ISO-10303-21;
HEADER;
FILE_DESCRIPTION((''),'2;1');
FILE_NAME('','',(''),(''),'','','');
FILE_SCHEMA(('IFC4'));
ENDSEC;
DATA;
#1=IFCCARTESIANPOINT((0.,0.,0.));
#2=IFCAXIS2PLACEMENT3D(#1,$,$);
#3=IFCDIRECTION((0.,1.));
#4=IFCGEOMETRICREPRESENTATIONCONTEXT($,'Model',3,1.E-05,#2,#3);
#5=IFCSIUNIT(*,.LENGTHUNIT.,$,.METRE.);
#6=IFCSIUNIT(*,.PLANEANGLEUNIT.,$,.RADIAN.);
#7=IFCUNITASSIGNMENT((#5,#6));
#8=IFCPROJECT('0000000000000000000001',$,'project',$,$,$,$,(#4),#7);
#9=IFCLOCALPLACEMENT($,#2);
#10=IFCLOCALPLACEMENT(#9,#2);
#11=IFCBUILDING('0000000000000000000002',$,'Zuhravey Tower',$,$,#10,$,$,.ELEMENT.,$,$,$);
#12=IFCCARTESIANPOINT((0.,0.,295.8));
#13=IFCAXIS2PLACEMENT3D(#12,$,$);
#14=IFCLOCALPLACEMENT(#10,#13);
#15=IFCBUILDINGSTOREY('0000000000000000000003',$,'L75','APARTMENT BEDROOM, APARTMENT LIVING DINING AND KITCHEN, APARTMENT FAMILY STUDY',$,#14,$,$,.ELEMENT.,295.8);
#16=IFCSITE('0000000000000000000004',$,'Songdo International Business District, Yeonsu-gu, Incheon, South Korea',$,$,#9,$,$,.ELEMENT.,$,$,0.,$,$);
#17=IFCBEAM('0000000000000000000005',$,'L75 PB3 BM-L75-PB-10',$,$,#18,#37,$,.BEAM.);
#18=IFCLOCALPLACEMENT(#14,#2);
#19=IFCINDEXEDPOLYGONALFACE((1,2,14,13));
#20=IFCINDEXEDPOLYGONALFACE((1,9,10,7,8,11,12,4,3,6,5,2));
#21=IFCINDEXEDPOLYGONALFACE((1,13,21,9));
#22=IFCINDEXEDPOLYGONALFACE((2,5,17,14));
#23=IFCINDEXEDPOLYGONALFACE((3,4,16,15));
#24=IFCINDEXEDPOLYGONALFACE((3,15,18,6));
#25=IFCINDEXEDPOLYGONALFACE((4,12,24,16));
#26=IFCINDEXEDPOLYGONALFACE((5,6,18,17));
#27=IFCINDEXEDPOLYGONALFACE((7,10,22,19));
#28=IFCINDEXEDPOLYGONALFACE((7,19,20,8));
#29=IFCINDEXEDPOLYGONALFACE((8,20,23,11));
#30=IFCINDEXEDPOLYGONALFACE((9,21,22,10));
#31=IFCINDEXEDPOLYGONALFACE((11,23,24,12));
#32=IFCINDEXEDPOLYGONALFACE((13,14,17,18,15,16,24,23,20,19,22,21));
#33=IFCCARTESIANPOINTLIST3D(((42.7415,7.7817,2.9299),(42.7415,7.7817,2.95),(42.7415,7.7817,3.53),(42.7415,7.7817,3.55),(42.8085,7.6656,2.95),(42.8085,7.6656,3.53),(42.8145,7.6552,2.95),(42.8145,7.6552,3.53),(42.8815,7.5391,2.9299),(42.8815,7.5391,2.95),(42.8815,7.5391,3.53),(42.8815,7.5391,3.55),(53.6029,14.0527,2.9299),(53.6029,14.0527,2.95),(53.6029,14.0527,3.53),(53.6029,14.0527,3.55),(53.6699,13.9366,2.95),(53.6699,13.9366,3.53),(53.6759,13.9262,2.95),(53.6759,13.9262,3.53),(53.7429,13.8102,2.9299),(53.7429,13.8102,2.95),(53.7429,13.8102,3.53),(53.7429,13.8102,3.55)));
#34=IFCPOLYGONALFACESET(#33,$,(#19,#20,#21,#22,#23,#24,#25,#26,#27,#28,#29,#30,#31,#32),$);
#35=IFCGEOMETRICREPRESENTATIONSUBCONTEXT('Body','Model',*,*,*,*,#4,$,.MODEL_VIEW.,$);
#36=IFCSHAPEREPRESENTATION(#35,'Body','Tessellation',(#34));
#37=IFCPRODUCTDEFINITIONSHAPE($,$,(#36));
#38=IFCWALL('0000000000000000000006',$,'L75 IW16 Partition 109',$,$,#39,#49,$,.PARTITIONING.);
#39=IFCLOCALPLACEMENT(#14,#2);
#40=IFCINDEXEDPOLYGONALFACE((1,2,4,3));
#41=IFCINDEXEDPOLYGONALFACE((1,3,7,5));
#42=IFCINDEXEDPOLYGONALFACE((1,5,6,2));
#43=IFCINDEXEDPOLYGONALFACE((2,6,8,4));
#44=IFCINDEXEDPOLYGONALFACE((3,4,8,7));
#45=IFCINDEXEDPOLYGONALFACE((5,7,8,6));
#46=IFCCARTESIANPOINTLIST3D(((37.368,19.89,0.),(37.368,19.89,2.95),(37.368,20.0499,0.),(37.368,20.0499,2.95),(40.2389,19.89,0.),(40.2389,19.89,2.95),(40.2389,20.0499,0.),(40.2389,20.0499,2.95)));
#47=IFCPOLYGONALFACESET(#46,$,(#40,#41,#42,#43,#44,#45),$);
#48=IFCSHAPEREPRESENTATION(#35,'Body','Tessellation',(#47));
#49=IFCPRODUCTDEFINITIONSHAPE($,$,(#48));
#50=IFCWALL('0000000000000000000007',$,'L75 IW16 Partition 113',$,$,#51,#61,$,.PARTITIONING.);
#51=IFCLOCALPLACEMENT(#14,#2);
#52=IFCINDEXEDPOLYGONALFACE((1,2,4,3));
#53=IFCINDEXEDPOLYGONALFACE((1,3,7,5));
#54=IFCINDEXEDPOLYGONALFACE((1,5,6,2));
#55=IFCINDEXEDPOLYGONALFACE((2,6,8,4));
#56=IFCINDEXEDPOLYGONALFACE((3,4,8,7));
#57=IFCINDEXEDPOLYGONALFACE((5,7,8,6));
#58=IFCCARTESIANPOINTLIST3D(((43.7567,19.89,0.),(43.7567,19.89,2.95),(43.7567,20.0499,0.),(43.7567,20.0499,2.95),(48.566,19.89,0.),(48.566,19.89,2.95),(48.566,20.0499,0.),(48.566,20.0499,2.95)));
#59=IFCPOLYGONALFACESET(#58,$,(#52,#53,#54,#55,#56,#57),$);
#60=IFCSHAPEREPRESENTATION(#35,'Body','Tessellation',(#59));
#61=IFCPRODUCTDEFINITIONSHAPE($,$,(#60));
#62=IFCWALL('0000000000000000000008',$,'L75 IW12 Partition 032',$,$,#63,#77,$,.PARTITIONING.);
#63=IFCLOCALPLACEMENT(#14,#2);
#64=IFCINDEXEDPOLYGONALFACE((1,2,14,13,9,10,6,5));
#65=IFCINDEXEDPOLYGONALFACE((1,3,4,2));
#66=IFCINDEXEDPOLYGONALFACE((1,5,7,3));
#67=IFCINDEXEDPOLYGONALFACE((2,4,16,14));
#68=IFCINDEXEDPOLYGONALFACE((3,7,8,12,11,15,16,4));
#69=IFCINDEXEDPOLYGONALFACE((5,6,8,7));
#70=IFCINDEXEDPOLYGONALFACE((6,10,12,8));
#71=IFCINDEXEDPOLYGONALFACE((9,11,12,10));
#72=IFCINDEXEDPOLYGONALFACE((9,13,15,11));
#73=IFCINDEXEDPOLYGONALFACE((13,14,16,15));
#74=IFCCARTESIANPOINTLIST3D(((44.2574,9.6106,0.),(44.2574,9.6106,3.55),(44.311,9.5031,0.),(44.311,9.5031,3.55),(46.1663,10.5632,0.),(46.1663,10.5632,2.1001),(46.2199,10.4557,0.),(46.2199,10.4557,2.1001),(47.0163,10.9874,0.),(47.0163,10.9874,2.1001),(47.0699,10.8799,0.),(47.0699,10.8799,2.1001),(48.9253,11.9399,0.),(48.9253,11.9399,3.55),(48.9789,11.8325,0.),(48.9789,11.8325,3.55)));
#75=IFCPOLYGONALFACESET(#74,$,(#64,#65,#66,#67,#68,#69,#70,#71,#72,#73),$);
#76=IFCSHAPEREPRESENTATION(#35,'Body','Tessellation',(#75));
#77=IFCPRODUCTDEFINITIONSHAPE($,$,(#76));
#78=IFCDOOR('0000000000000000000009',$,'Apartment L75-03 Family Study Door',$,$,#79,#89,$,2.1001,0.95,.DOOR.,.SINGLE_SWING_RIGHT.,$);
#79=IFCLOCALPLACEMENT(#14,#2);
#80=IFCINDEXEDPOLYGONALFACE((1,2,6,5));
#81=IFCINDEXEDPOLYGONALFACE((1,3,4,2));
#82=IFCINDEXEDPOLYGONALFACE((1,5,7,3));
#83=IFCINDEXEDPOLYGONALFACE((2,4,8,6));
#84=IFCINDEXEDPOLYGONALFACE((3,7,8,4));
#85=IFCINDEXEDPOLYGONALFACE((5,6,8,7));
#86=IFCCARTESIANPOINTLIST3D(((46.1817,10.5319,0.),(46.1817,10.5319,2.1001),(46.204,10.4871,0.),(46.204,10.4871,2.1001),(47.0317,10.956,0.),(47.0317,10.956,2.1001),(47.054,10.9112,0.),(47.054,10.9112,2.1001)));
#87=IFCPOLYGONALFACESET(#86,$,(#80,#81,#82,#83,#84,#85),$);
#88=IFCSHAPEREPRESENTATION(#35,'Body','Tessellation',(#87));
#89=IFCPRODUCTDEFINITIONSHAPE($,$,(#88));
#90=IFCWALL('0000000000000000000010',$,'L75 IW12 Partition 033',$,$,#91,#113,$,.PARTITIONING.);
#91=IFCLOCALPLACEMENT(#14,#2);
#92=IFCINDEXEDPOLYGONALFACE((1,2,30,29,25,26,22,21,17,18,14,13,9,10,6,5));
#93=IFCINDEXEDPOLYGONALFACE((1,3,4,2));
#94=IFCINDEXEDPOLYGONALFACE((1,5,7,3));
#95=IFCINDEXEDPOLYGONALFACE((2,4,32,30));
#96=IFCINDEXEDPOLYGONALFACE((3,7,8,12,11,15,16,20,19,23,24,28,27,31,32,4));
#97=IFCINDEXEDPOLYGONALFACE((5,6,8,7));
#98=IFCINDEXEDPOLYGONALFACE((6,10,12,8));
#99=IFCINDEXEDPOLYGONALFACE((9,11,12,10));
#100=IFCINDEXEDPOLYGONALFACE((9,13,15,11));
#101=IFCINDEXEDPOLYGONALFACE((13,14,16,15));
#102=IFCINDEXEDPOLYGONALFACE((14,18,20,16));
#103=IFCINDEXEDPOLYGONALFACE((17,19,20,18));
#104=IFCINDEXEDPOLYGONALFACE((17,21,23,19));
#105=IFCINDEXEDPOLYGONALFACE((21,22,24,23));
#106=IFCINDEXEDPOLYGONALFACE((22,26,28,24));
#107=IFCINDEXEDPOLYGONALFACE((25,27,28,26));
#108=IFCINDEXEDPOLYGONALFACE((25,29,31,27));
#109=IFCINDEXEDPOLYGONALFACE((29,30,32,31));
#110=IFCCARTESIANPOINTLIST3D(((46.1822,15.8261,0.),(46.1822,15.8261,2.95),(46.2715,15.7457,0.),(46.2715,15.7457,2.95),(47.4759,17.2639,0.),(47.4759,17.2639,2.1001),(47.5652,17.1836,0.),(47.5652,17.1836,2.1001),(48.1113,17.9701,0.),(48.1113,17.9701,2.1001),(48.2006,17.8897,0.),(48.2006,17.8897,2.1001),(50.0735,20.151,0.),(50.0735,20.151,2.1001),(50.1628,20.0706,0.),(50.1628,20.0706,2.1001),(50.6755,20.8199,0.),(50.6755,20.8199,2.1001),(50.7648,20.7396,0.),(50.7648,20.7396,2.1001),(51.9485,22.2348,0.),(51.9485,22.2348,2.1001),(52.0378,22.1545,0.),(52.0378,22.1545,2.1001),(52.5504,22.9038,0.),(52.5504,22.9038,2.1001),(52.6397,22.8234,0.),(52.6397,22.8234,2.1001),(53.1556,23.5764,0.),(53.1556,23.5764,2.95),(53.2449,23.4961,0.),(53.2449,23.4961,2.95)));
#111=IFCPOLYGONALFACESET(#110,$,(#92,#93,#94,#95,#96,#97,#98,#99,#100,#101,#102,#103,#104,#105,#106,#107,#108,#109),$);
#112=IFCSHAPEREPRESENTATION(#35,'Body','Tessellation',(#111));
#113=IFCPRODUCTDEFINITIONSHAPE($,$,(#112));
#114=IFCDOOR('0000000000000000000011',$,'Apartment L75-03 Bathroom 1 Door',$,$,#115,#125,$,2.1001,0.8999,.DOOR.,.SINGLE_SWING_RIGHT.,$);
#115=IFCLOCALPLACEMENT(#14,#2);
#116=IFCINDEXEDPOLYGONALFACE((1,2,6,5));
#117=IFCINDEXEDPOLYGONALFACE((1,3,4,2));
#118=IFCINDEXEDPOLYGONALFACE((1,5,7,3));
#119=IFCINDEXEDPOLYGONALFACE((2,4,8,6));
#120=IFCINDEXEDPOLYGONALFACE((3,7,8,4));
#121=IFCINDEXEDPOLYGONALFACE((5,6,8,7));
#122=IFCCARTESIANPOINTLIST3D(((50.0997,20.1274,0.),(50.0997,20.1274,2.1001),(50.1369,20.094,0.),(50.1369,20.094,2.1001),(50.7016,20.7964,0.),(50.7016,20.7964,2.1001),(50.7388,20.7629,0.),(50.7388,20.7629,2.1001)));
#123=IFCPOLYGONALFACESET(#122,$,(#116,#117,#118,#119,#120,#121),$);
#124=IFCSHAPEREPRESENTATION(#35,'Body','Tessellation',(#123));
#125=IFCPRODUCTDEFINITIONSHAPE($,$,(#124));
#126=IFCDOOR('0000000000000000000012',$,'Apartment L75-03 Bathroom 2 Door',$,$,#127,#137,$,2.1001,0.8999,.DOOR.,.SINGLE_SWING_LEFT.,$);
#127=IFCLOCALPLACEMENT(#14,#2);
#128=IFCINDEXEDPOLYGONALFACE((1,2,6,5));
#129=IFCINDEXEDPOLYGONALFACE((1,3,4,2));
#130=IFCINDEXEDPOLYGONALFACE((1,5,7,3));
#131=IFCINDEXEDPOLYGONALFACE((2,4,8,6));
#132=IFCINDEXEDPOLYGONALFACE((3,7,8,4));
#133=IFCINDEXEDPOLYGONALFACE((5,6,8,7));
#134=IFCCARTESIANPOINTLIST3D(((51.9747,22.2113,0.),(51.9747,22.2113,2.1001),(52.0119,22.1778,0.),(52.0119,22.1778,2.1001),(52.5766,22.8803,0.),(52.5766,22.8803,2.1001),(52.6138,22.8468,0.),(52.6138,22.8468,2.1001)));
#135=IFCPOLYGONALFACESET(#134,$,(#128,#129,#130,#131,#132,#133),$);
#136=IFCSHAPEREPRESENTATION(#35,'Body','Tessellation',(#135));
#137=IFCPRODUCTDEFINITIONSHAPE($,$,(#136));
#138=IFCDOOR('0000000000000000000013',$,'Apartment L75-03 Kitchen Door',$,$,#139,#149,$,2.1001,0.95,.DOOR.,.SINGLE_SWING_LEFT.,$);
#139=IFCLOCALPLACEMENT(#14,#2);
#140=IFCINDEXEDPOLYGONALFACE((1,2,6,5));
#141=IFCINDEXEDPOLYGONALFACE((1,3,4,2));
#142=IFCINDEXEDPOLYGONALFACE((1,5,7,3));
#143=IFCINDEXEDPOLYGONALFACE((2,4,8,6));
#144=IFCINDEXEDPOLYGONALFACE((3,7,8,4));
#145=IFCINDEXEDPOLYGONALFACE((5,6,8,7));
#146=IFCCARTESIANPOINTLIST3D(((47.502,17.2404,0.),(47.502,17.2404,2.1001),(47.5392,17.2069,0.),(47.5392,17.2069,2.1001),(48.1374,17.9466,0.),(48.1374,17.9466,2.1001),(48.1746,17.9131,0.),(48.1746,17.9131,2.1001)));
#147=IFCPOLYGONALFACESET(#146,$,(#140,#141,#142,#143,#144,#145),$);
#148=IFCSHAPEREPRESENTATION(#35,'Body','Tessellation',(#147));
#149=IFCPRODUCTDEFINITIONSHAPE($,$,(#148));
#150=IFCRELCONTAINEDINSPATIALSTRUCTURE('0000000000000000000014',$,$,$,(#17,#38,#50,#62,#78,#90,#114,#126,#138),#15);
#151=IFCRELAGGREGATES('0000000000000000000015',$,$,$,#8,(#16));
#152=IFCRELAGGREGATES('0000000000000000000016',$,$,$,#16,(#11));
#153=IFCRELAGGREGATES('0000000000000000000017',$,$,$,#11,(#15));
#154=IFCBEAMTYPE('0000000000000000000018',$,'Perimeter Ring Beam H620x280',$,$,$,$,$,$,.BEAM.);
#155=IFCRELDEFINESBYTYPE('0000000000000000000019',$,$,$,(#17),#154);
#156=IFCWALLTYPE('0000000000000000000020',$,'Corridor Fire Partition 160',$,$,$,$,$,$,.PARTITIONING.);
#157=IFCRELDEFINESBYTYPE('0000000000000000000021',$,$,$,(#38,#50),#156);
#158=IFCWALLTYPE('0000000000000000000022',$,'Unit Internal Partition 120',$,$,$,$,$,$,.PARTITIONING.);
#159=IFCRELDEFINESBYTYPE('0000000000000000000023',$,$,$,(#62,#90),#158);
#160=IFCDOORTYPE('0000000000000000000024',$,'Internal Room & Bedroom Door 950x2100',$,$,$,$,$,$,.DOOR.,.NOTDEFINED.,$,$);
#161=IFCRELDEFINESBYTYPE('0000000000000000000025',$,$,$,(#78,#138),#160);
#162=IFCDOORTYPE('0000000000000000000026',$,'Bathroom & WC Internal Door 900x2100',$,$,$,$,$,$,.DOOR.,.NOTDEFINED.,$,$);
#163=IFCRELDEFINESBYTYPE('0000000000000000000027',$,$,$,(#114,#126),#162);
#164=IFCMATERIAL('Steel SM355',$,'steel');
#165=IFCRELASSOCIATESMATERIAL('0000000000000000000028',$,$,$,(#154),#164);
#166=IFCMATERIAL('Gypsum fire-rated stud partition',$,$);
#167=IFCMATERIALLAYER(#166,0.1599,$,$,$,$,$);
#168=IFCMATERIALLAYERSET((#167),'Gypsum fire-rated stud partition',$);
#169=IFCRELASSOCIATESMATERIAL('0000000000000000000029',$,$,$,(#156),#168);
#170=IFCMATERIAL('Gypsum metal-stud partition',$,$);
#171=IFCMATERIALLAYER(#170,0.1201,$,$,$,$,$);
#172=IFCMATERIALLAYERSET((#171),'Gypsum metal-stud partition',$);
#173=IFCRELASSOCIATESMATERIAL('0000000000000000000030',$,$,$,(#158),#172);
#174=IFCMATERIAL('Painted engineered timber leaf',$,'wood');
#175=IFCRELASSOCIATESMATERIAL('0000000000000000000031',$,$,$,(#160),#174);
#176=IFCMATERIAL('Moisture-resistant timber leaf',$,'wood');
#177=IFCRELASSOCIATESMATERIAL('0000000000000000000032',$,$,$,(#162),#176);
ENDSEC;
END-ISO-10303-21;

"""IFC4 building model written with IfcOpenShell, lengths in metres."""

from ifc_helpers import new_model, si_unit, direction, frame, frame_2d, origin, origin_2d, place, context, subcontext, project, spatial, rectangle, i_section, extrude, material, layer, layer_set, material_profile, profile_set, type_object, element, fill, save


model = new_model("IFC4")

# Units and contexts
model_context = context("Model", 3, precision=1e-05, world=origin(), true_north=direction((0.0, 1.0)))
body_context = subcontext(model_context, "Body", "Model", "MODEL_VIEW")
ifc_project = project(units=[si_unit("LENGTHUNIT", "METRE"), si_unit("PLANEANGLEUNIT", "RADIAN")], contexts=[model_context])

# Site, building, storey
site_placement = place(None, origin())
site = spatial("IfcSite", under=ifc_project, at=site_placement, Name="Songdo International Business District, Yeonsu-gu, Incheon, South Korea", CompositionType="ELEMENT", RefElevation=0.0)
building_placement = place(site_placement, origin())
building = spatial("IfcBuilding", under=site, at=building_placement, Name="Zuhravey Tower", CompositionType="ELEMENT")
storey_placement = place(building_placement, frame((0.0, 0.0, 295.8)))
storey = spatial("IfcBuildingStorey", under=building, at=storey_placement, Name="L75", Description="APARTMENT BEDROOM, APARTMENT LIVING DINING AND KITCHEN, APARTMENT FAMILY STUDY", CompositionType="ELEMENT", Elevation=295.8)

# Beam
ifc_material_1 = material(Name="Steel SM355", Category="steel")
ifc_material_profile = material_profile(ifc_material_1, i_section(OverallWidth=0.28, OverallDepth=0.6201, WebThickness=0.012, FlangeThickness=0.02, at=origin_2d()), Name="H-620x280x12x20")
ifc_profile_set = profile_set([ifc_material_profile], Name="Steel SM355")
beam_type = type_object("IfcBeamType", Name="Perimeter Ring Beam H620x280", PredefinedType="BEAM", material=ifc_profile_set)
beam_placement = place(storey_placement, frame((42.8115, 7.6604, 3.24), z_axis=(0.866018, 0.500012, 0.0), x_axis=(-0.500012, 0.866018, 0.0)))
element("IfcBeam", 1, at=beam_placement, inside=storey, type_object=beam_type, Name="L75 PB3 BM-L75-PB-10", PredefinedType="BEAM", context=body_context, shape_type="SweptSolid", body=[
    extrude(i_section(OverallWidth=0.28, OverallDepth=0.6201, WebThickness=0.012, FlangeThickness=0.02, at=origin_2d()), origin(), (0.0, 0.0, 1.0), 12.5417),
])

# Shared definitions
ifc_material_2 = material(Name="Gypsum fire-rated stud partition")
ifc_layer_1 = layer(ifc_material_2, 0.1599)
ifc_layer_set_1 = layer_set([ifc_layer_1], Name="Gypsum fire-rated stud partition")
wall_type_1 = type_object("IfcWallType", Name="Corridor Fire Partition 160", PredefinedType="PARTITIONING", material=ifc_layer_set_1)

# Walls
wall_1_placement = place(storey_placement, frame((37.3679, 19.97, 0.0), z_axis=(0.0, 0.0, 1.0), x_axis=(1.0, 0.0, 0.0)))
element("IfcWall", 2, at=wall_1_placement, inside=storey, type_object=wall_type_1, Name="L75 IW16 Partition 109", PredefinedType="PARTITIONING", context=body_context, shape_type="SweptSolid", body=[
    extrude(rectangle(XDim=2.8708, YDim=0.1599, at=frame_2d((1.4355, 0.0))), origin(), (0.0, 0.0, 1.0), 2.95),
])
wall_2_placement = place(storey_placement, frame((43.7566, 19.97, 0.0), z_axis=(0.0, 0.0, 1.0), x_axis=(1.0, 0.0, 0.0)))
element("IfcWall", 3, at=wall_2_placement, inside=storey, type_object=wall_type_1, Name="L75 IW16 Partition 113", PredefinedType="PARTITIONING", context=body_context, shape_type="SweptSolid", body=[
    extrude(rectangle(XDim=4.8093, YDim=0.1599, at=frame_2d((2.4048, 0.0))), origin(), (0.0, 0.0, 1.0), 2.95),
])

# Wall, opening, door
ifc_material_3 = material(Name="Gypsum metal-stud partition")
ifc_layer_2 = layer(ifc_material_3, 0.1201)
ifc_layer_set_2 = layer_set([ifc_layer_2], Name="Gypsum metal-stud partition")
wall_type_2 = type_object("IfcWallType", Name="Unit Internal Partition 120", PredefinedType="PARTITIONING", material=ifc_layer_set_2)
wall_3_placement = place(storey_placement, frame((44.2842, 9.5569, 0.0), z_axis=(0.0, 0.0, 1.0), x_axis=(0.894783, 0.446502, 0.0)))
wall_3 = element("IfcWall", 4, at=wall_3_placement, inside=storey, type_object=wall_type_2, Name="L75 IW12 Partition 032", PredefinedType="PARTITIONING", context=body_context, shape_type="SweptSolid", body=[
    extrude(rectangle(XDim=5.2168, YDim=0.1201, at=frame_2d((2.6084, 0.0))), origin(), (0.0, 0.0, 1.0), 3.55),
])
opening_1_placement = place(wall_3_placement, frame((2.1333, 0.0, 0.0)))
opening_1 = element("IfcOpeningElement", 5, at=opening_1_placement, cuts=wall_3, PredefinedType="OPENING", context=body_context, shape_type="SweptSolid", body=[
    extrude(rectangle(XDim=0.95, YDim=2.1001, at=frame_2d((0.4751, 1.05))), frame((0.0, 0.072, 0.0), z_axis=(0.0, -1.0, 0.0), x_axis=(1.0, 0.0, 0.0)), (0.0, 0.0, 1.0), 0.144),
])
ifc_material_4 = material(Name="Painted engineered timber leaf", Category="wood")
door_type_1 = type_object("IfcDoorType", Name="Internal Room & Bedroom Door 950x2100", OperationType="NOTDEFINED", PredefinedType="DOOR", material=ifc_material_4)
door_1_placement = place(opening_1_placement, frame((0.95, 0.0, 0.0), z_axis=(0.0, 0.0, 1.0), x_axis=(-1.0, 0.0, 0.0)))
door_1 = element("IfcDoor", 6, at=door_1_placement, inside=storey, type_object=door_type_1, Name="Apartment L75-03 Family Study Door", OperationType="SINGLE_SWING_RIGHT", OverallHeight=2.1001, OverallWidth=0.95, PredefinedType="DOOR", context=body_context, shape_type="SweptSolid", body=[
    extrude(rectangle(XDim=0.95, YDim=2.1001, at=frame_2d((0.4751, 1.05))), frame((0.0, 0.0249, 0.0), z_axis=(0.0, -1.0, 0.0), x_axis=(1.0, 0.0, 0.0)), (0.0, 0.0, 1.0), 0.05),
])
fill(opening_1, door_1)

# Wall, openings, doors
wall_4_placement = place(storey_placement, frame((46.2268, 15.7859, 0.0), z_axis=(0.0, 0.0, 1.0), x_axis=(0.668868, 0.743381, 0.0)))
wall_4 = element("IfcWall", 7, at=wall_4_placement, inside=storey, type_object=wall_type_2, Name="L75 IW12 Partition 033", PredefinedType="PARTITIONING", context=body_context, shape_type="SweptSolid", body=[
    extrude(rectangle(XDim=10.4258, YDim=0.1201, at=frame_2d((5.2129, 0.0))), origin(), (0.0, 0.0, 1.0), 2.95),
])
opening_2_placement = place(wall_4_placement, frame((1.9341, 0.0, 0.0)))
opening_2 = element("IfcOpeningElement", 8, at=opening_2_placement, cuts=wall_4, PredefinedType="OPENING", context=body_context, shape_type="SweptSolid", body=[
    extrude(rectangle(XDim=0.95, YDim=2.1001, at=frame_2d((0.4751, 1.05))), frame((0.0, 0.072, 0.0), z_axis=(0.0, -1.0, 0.0), x_axis=(1.0, 0.0, 0.0)), (0.0, 0.0, 1.0), 0.144),
])
opening_3_placement = place(wall_4_placement, frame((5.8179, 0.0, 0.0)))
opening_3 = element("IfcOpeningElement", 9, at=opening_3_placement, cuts=wall_4, PredefinedType="OPENING", context=body_context, shape_type="SweptSolid", body=[
    extrude(rectangle(XDim=0.8999, YDim=2.1001, at=frame_2d((0.45, 1.05))), frame((0.0, 0.072, 0.0), z_axis=(0.0, -1.0, 0.0), x_axis=(1.0, 0.0, 0.0)), (0.0, 0.0, 1.0), 0.144),
])
opening_4_placement = place(wall_4_placement, frame((8.6211, 0.0, 0.0)))
opening_4 = element("IfcOpeningElement", 10, at=opening_4_placement, cuts=wall_4, PredefinedType="OPENING", context=body_context, shape_type="SweptSolid", body=[
    extrude(rectangle(XDim=0.8999, YDim=2.1001, at=frame_2d((0.45, 1.05))), frame((0.0, 0.072, 0.0), z_axis=(0.0, -1.0, 0.0), x_axis=(1.0, 0.0, 0.0)), (0.0, 0.0, 1.0), 0.144),
])
ifc_material_5 = material(Name="Moisture-resistant timber leaf", Category="wood")
door_type_2 = type_object("IfcDoorType", Name="Bathroom & WC Internal Door 900x2100", OperationType="NOTDEFINED", PredefinedType="DOOR", material=ifc_material_5)
door_2_placement = place(opening_3_placement, origin())
door_2 = element("IfcDoor", 11, at=door_2_placement, inside=storey, type_object=door_type_2, Name="Apartment L75-03 Bathroom 1 Door", OperationType="SINGLE_SWING_RIGHT", OverallHeight=2.1001, OverallWidth=0.8999, PredefinedType="DOOR", context=body_context, shape_type="SweptSolid", body=[
    extrude(rectangle(XDim=0.8999, YDim=2.1001, at=frame_2d((0.45, 1.05))), frame((0.0, 0.0249, 0.0), z_axis=(0.0, -1.0, 0.0), x_axis=(1.0, 0.0, 0.0)), (0.0, 0.0, 1.0), 0.05),
])
fill(opening_3, door_2)
door_3_placement = place(opening_4_placement, origin())
door_3 = element("IfcDoor", 12, at=door_3_placement, inside=storey, type_object=door_type_2, Name="Apartment L75-03 Bathroom 2 Door", OperationType="SINGLE_SWING_LEFT", OverallHeight=2.1001, OverallWidth=0.8999, PredefinedType="DOOR", context=body_context, shape_type="SweptSolid", body=[
    extrude(rectangle(XDim=0.8999, YDim=2.1001, at=frame_2d((0.45, 1.05))), frame((0.0, 0.0249, 0.0), z_axis=(0.0, -1.0, 0.0), x_axis=(1.0, 0.0, 0.0)), (0.0, 0.0, 1.0), 0.05),
])
fill(opening_4, door_3)
door_4_placement = place(opening_2_placement, origin())
door_4 = element("IfcDoor", 13, at=door_4_placement, inside=storey, type_object=door_type_1, Name="Apartment L75-03 Kitchen Door", OperationType="SINGLE_SWING_LEFT", OverallHeight=2.1001, OverallWidth=0.95, PredefinedType="DOOR", context=body_context, shape_type="SweptSolid", body=[
    extrude(rectangle(XDim=0.95, YDim=2.1001, at=frame_2d((0.4751, 1.05))), frame((0.0, 0.0249, 0.0), z_axis=(0.0, -1.0, 0.0), x_axis=(1.0, 0.0, 0.0)), (0.0, 0.0, 1.0), 0.05),
])
fill(opening_2, door_4)

save(model, "model.ifc")
